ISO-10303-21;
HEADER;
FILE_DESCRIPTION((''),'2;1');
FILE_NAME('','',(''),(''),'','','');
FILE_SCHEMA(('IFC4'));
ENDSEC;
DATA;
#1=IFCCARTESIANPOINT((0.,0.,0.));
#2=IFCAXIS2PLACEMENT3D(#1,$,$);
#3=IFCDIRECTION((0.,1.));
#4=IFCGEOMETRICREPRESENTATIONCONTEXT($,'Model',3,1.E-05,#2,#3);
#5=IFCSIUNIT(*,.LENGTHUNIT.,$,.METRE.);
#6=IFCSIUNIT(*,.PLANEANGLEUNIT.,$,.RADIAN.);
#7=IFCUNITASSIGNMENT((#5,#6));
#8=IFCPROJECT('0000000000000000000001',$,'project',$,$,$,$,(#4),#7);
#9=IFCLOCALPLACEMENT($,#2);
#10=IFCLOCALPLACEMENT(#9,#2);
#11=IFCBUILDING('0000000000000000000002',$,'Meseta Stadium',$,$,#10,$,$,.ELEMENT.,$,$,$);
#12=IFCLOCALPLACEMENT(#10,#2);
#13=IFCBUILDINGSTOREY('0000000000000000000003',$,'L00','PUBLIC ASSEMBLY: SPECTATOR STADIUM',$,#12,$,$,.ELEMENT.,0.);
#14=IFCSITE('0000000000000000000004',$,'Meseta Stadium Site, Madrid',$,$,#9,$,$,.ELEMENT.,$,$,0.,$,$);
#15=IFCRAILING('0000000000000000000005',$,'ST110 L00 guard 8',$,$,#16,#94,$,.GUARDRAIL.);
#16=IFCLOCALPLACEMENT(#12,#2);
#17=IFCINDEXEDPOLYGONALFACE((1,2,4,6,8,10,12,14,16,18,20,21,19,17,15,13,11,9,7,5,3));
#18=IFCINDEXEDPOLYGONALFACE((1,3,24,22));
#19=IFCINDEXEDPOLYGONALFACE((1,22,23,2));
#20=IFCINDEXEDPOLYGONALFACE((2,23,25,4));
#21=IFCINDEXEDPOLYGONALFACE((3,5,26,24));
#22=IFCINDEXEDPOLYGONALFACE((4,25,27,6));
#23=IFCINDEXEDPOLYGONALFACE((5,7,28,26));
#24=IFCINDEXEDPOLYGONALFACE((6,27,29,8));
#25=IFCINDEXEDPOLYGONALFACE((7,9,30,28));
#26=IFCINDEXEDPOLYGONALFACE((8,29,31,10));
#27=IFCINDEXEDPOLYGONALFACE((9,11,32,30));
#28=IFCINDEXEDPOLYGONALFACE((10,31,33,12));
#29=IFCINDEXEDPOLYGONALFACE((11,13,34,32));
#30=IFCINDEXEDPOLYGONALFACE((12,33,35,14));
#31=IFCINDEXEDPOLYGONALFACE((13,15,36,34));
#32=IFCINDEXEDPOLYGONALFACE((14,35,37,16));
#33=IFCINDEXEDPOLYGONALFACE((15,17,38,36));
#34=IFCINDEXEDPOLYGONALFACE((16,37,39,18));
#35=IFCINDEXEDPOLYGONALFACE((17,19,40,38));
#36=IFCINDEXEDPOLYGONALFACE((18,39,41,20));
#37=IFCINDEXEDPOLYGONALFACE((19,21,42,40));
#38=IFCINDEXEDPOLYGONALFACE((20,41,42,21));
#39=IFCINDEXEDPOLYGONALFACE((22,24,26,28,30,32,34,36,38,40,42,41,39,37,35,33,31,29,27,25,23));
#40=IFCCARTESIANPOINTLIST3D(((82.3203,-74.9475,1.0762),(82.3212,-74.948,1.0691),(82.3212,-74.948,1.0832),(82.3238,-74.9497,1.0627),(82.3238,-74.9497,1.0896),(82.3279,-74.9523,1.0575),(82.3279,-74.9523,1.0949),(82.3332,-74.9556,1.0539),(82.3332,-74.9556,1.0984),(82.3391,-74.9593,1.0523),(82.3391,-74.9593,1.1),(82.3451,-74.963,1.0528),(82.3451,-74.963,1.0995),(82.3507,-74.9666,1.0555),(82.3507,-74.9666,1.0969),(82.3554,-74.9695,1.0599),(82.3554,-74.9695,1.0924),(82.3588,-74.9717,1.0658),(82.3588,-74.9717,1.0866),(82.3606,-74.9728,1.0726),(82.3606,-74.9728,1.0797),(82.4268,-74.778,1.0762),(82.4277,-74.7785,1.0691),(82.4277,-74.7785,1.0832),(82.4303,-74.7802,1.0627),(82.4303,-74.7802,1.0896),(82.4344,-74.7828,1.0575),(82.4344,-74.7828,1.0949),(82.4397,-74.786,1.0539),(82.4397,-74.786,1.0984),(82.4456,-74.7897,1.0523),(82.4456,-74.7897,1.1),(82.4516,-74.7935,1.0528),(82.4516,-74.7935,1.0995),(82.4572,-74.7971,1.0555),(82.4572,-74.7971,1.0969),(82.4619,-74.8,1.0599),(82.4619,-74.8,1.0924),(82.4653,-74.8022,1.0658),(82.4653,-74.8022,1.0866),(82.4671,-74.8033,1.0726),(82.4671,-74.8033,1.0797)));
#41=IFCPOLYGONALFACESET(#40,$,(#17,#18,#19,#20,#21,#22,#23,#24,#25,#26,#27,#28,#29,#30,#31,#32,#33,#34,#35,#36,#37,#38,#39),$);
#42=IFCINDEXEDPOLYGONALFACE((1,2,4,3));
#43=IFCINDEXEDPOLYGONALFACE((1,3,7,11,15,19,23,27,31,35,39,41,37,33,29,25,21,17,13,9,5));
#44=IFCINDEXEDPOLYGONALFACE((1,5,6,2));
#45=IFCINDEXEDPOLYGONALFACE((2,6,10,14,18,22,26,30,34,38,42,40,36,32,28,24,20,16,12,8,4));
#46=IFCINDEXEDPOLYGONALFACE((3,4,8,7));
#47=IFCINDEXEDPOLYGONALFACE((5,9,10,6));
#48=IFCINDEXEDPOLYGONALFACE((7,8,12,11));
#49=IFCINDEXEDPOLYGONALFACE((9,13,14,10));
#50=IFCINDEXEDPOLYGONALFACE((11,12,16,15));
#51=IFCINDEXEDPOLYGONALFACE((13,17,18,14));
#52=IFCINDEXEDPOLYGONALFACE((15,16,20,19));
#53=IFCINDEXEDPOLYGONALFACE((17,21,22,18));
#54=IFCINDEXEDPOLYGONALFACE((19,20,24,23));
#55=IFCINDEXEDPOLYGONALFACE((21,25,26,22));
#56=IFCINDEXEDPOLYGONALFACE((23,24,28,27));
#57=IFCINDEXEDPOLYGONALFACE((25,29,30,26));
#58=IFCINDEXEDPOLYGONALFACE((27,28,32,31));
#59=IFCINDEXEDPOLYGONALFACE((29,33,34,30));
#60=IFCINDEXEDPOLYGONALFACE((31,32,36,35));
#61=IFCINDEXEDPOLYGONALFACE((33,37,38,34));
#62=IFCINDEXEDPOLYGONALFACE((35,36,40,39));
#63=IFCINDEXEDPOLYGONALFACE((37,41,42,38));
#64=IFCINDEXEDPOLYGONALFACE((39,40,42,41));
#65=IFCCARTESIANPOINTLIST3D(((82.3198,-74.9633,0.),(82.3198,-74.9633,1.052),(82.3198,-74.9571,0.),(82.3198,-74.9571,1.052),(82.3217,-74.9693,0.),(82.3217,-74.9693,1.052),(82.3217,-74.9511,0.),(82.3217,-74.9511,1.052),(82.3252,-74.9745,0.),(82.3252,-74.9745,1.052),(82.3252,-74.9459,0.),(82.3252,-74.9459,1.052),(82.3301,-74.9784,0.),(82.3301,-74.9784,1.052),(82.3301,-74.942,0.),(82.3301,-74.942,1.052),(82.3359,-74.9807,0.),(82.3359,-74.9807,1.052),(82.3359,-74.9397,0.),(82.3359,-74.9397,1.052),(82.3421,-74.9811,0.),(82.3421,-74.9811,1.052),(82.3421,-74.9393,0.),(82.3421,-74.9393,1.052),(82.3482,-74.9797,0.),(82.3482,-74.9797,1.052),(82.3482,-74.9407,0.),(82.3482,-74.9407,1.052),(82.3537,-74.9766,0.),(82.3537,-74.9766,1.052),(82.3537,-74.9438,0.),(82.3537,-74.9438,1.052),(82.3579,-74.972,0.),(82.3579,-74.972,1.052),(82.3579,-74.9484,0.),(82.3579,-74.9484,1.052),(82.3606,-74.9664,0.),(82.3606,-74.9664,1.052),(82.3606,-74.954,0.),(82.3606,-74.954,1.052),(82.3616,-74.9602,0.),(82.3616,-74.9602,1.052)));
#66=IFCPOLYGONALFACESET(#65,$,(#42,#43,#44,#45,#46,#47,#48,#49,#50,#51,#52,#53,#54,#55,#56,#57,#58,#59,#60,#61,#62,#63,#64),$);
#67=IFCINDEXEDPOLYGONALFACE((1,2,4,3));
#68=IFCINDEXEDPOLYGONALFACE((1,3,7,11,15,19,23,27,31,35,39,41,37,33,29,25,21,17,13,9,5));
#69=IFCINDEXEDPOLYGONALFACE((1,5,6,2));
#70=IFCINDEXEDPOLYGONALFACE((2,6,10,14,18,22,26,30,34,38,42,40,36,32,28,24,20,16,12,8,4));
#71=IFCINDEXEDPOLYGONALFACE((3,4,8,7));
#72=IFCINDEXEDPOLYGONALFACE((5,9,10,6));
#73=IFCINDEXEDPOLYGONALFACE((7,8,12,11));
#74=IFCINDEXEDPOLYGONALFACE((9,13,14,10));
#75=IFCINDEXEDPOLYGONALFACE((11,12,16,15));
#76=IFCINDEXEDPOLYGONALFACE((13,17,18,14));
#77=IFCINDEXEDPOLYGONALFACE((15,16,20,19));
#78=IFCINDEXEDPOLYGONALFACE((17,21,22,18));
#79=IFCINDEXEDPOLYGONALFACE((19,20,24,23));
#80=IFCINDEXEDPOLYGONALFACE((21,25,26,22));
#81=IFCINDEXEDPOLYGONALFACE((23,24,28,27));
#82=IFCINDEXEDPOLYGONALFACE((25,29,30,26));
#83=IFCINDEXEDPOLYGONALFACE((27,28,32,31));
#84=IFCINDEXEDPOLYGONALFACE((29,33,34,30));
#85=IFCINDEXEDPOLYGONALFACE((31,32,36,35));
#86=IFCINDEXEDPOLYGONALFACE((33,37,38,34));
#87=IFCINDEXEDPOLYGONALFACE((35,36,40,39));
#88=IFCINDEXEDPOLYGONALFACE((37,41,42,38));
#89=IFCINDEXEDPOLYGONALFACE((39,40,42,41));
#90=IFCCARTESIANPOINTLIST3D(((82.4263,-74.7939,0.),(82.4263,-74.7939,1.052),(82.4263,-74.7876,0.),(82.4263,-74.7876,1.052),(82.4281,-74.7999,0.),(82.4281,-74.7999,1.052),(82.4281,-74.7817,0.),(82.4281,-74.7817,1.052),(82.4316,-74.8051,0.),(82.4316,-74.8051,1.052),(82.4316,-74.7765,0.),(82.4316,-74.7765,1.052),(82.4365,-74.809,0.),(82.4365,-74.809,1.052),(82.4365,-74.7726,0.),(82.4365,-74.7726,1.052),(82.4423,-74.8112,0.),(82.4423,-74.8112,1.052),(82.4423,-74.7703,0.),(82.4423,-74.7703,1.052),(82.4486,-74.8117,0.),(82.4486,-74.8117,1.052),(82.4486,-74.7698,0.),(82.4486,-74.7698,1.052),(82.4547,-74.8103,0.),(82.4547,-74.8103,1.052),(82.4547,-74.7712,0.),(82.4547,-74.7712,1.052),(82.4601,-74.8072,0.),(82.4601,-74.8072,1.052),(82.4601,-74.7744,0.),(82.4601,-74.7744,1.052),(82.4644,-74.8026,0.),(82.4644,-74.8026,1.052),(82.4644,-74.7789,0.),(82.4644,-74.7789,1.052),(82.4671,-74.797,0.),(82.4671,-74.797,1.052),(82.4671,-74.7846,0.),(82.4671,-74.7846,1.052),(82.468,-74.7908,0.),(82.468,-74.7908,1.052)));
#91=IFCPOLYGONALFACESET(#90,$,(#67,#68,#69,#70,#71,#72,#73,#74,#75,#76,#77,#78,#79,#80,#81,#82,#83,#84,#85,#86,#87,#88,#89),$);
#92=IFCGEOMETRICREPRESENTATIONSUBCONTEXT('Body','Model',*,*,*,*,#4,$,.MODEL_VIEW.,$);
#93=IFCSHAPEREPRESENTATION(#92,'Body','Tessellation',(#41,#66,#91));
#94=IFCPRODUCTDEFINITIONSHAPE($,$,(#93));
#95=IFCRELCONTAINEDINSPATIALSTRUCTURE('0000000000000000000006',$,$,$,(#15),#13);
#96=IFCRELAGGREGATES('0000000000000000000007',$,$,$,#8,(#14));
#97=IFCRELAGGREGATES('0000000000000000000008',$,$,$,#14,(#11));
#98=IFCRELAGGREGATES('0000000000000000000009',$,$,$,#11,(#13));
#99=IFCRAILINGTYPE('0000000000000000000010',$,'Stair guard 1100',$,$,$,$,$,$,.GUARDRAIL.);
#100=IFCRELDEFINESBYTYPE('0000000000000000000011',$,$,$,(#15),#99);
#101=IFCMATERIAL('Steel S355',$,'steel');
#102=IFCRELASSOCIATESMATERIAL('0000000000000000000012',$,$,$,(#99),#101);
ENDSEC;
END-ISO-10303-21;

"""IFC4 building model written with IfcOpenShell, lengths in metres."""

from ifc_helpers import new_model, si_unit, direction, frame, origin, origin_2d, place, context, subcontext, project, spatial, circle, extrude, material, type_object, element, save


model = new_model("IFC4")

# Units and contexts
model_context = context("Model", 3, precision=1e-05, world=origin(), true_north=direction((0.0, 1.0)))
body_context = subcontext(model_context, "Body", "Model", "MODEL_VIEW")
ifc_project = project(units=[si_unit("LENGTHUNIT", "METRE"), si_unit("PLANEANGLEUNIT", "RADIAN")], contexts=[model_context])

# Site, building, storey
site_placement = place(None, origin())
site = spatial("IfcSite", under=ifc_project, at=site_placement, Name="Meseta Stadium Site, Madrid", CompositionType="ELEMENT", RefElevation=0.0)
building_placement = place(site_placement, origin())
building = spatial("IfcBuilding", under=site, at=building_placement, Name="Meseta Stadium", CompositionType="ELEMENT")
storey_placement = place(building_placement, origin())
storey = spatial("IfcBuildingStorey", under=building, at=storey_placement, Name="L00", Description="PUBLIC ASSEMBLY: SPECTATOR STADIUM", CompositionType="ELEMENT", Elevation=0.0)

# Railing
ifc_material_1 = material(Name="Steel S355", Category="steel")
railing_type = type_object("IfcRailingType", Name="Stair guard 1100", PredefinedType="GUARDRAIL", material=ifc_material_1)
railing_1_placement = place(storey_placement, frame((82.3406, -74.9602, 0.0)))
element("IfcRailing", 1, at=railing_1_placement, inside=storey, type_object=railing_type, Name="ST110 L00 guard 8", PredefinedType="GUARDRAIL", context=body_context, shape_type="SweptSolid", body=[
    extrude(circle(Radius=0.0239, at=origin_2d()), frame((0.0, 0.0, 1.0762), z_axis=(0.531972, 0.846762, 0.0), x_axis=(-0.846762, 0.531972, 0.0)), (0.0, 0.0, 1.0), 0.2002),
    extrude(circle(Radius=0.021, at=origin_2d()), origin(), (0.0, 0.0, 1.0), 1.052),
    extrude(circle(Radius=0.021, at=origin_2d()), frame((0.1064, 0.1694, 0.0)), (0.0, 0.0, 1.0), 1.052),
])

save(model, "model.ifc")
